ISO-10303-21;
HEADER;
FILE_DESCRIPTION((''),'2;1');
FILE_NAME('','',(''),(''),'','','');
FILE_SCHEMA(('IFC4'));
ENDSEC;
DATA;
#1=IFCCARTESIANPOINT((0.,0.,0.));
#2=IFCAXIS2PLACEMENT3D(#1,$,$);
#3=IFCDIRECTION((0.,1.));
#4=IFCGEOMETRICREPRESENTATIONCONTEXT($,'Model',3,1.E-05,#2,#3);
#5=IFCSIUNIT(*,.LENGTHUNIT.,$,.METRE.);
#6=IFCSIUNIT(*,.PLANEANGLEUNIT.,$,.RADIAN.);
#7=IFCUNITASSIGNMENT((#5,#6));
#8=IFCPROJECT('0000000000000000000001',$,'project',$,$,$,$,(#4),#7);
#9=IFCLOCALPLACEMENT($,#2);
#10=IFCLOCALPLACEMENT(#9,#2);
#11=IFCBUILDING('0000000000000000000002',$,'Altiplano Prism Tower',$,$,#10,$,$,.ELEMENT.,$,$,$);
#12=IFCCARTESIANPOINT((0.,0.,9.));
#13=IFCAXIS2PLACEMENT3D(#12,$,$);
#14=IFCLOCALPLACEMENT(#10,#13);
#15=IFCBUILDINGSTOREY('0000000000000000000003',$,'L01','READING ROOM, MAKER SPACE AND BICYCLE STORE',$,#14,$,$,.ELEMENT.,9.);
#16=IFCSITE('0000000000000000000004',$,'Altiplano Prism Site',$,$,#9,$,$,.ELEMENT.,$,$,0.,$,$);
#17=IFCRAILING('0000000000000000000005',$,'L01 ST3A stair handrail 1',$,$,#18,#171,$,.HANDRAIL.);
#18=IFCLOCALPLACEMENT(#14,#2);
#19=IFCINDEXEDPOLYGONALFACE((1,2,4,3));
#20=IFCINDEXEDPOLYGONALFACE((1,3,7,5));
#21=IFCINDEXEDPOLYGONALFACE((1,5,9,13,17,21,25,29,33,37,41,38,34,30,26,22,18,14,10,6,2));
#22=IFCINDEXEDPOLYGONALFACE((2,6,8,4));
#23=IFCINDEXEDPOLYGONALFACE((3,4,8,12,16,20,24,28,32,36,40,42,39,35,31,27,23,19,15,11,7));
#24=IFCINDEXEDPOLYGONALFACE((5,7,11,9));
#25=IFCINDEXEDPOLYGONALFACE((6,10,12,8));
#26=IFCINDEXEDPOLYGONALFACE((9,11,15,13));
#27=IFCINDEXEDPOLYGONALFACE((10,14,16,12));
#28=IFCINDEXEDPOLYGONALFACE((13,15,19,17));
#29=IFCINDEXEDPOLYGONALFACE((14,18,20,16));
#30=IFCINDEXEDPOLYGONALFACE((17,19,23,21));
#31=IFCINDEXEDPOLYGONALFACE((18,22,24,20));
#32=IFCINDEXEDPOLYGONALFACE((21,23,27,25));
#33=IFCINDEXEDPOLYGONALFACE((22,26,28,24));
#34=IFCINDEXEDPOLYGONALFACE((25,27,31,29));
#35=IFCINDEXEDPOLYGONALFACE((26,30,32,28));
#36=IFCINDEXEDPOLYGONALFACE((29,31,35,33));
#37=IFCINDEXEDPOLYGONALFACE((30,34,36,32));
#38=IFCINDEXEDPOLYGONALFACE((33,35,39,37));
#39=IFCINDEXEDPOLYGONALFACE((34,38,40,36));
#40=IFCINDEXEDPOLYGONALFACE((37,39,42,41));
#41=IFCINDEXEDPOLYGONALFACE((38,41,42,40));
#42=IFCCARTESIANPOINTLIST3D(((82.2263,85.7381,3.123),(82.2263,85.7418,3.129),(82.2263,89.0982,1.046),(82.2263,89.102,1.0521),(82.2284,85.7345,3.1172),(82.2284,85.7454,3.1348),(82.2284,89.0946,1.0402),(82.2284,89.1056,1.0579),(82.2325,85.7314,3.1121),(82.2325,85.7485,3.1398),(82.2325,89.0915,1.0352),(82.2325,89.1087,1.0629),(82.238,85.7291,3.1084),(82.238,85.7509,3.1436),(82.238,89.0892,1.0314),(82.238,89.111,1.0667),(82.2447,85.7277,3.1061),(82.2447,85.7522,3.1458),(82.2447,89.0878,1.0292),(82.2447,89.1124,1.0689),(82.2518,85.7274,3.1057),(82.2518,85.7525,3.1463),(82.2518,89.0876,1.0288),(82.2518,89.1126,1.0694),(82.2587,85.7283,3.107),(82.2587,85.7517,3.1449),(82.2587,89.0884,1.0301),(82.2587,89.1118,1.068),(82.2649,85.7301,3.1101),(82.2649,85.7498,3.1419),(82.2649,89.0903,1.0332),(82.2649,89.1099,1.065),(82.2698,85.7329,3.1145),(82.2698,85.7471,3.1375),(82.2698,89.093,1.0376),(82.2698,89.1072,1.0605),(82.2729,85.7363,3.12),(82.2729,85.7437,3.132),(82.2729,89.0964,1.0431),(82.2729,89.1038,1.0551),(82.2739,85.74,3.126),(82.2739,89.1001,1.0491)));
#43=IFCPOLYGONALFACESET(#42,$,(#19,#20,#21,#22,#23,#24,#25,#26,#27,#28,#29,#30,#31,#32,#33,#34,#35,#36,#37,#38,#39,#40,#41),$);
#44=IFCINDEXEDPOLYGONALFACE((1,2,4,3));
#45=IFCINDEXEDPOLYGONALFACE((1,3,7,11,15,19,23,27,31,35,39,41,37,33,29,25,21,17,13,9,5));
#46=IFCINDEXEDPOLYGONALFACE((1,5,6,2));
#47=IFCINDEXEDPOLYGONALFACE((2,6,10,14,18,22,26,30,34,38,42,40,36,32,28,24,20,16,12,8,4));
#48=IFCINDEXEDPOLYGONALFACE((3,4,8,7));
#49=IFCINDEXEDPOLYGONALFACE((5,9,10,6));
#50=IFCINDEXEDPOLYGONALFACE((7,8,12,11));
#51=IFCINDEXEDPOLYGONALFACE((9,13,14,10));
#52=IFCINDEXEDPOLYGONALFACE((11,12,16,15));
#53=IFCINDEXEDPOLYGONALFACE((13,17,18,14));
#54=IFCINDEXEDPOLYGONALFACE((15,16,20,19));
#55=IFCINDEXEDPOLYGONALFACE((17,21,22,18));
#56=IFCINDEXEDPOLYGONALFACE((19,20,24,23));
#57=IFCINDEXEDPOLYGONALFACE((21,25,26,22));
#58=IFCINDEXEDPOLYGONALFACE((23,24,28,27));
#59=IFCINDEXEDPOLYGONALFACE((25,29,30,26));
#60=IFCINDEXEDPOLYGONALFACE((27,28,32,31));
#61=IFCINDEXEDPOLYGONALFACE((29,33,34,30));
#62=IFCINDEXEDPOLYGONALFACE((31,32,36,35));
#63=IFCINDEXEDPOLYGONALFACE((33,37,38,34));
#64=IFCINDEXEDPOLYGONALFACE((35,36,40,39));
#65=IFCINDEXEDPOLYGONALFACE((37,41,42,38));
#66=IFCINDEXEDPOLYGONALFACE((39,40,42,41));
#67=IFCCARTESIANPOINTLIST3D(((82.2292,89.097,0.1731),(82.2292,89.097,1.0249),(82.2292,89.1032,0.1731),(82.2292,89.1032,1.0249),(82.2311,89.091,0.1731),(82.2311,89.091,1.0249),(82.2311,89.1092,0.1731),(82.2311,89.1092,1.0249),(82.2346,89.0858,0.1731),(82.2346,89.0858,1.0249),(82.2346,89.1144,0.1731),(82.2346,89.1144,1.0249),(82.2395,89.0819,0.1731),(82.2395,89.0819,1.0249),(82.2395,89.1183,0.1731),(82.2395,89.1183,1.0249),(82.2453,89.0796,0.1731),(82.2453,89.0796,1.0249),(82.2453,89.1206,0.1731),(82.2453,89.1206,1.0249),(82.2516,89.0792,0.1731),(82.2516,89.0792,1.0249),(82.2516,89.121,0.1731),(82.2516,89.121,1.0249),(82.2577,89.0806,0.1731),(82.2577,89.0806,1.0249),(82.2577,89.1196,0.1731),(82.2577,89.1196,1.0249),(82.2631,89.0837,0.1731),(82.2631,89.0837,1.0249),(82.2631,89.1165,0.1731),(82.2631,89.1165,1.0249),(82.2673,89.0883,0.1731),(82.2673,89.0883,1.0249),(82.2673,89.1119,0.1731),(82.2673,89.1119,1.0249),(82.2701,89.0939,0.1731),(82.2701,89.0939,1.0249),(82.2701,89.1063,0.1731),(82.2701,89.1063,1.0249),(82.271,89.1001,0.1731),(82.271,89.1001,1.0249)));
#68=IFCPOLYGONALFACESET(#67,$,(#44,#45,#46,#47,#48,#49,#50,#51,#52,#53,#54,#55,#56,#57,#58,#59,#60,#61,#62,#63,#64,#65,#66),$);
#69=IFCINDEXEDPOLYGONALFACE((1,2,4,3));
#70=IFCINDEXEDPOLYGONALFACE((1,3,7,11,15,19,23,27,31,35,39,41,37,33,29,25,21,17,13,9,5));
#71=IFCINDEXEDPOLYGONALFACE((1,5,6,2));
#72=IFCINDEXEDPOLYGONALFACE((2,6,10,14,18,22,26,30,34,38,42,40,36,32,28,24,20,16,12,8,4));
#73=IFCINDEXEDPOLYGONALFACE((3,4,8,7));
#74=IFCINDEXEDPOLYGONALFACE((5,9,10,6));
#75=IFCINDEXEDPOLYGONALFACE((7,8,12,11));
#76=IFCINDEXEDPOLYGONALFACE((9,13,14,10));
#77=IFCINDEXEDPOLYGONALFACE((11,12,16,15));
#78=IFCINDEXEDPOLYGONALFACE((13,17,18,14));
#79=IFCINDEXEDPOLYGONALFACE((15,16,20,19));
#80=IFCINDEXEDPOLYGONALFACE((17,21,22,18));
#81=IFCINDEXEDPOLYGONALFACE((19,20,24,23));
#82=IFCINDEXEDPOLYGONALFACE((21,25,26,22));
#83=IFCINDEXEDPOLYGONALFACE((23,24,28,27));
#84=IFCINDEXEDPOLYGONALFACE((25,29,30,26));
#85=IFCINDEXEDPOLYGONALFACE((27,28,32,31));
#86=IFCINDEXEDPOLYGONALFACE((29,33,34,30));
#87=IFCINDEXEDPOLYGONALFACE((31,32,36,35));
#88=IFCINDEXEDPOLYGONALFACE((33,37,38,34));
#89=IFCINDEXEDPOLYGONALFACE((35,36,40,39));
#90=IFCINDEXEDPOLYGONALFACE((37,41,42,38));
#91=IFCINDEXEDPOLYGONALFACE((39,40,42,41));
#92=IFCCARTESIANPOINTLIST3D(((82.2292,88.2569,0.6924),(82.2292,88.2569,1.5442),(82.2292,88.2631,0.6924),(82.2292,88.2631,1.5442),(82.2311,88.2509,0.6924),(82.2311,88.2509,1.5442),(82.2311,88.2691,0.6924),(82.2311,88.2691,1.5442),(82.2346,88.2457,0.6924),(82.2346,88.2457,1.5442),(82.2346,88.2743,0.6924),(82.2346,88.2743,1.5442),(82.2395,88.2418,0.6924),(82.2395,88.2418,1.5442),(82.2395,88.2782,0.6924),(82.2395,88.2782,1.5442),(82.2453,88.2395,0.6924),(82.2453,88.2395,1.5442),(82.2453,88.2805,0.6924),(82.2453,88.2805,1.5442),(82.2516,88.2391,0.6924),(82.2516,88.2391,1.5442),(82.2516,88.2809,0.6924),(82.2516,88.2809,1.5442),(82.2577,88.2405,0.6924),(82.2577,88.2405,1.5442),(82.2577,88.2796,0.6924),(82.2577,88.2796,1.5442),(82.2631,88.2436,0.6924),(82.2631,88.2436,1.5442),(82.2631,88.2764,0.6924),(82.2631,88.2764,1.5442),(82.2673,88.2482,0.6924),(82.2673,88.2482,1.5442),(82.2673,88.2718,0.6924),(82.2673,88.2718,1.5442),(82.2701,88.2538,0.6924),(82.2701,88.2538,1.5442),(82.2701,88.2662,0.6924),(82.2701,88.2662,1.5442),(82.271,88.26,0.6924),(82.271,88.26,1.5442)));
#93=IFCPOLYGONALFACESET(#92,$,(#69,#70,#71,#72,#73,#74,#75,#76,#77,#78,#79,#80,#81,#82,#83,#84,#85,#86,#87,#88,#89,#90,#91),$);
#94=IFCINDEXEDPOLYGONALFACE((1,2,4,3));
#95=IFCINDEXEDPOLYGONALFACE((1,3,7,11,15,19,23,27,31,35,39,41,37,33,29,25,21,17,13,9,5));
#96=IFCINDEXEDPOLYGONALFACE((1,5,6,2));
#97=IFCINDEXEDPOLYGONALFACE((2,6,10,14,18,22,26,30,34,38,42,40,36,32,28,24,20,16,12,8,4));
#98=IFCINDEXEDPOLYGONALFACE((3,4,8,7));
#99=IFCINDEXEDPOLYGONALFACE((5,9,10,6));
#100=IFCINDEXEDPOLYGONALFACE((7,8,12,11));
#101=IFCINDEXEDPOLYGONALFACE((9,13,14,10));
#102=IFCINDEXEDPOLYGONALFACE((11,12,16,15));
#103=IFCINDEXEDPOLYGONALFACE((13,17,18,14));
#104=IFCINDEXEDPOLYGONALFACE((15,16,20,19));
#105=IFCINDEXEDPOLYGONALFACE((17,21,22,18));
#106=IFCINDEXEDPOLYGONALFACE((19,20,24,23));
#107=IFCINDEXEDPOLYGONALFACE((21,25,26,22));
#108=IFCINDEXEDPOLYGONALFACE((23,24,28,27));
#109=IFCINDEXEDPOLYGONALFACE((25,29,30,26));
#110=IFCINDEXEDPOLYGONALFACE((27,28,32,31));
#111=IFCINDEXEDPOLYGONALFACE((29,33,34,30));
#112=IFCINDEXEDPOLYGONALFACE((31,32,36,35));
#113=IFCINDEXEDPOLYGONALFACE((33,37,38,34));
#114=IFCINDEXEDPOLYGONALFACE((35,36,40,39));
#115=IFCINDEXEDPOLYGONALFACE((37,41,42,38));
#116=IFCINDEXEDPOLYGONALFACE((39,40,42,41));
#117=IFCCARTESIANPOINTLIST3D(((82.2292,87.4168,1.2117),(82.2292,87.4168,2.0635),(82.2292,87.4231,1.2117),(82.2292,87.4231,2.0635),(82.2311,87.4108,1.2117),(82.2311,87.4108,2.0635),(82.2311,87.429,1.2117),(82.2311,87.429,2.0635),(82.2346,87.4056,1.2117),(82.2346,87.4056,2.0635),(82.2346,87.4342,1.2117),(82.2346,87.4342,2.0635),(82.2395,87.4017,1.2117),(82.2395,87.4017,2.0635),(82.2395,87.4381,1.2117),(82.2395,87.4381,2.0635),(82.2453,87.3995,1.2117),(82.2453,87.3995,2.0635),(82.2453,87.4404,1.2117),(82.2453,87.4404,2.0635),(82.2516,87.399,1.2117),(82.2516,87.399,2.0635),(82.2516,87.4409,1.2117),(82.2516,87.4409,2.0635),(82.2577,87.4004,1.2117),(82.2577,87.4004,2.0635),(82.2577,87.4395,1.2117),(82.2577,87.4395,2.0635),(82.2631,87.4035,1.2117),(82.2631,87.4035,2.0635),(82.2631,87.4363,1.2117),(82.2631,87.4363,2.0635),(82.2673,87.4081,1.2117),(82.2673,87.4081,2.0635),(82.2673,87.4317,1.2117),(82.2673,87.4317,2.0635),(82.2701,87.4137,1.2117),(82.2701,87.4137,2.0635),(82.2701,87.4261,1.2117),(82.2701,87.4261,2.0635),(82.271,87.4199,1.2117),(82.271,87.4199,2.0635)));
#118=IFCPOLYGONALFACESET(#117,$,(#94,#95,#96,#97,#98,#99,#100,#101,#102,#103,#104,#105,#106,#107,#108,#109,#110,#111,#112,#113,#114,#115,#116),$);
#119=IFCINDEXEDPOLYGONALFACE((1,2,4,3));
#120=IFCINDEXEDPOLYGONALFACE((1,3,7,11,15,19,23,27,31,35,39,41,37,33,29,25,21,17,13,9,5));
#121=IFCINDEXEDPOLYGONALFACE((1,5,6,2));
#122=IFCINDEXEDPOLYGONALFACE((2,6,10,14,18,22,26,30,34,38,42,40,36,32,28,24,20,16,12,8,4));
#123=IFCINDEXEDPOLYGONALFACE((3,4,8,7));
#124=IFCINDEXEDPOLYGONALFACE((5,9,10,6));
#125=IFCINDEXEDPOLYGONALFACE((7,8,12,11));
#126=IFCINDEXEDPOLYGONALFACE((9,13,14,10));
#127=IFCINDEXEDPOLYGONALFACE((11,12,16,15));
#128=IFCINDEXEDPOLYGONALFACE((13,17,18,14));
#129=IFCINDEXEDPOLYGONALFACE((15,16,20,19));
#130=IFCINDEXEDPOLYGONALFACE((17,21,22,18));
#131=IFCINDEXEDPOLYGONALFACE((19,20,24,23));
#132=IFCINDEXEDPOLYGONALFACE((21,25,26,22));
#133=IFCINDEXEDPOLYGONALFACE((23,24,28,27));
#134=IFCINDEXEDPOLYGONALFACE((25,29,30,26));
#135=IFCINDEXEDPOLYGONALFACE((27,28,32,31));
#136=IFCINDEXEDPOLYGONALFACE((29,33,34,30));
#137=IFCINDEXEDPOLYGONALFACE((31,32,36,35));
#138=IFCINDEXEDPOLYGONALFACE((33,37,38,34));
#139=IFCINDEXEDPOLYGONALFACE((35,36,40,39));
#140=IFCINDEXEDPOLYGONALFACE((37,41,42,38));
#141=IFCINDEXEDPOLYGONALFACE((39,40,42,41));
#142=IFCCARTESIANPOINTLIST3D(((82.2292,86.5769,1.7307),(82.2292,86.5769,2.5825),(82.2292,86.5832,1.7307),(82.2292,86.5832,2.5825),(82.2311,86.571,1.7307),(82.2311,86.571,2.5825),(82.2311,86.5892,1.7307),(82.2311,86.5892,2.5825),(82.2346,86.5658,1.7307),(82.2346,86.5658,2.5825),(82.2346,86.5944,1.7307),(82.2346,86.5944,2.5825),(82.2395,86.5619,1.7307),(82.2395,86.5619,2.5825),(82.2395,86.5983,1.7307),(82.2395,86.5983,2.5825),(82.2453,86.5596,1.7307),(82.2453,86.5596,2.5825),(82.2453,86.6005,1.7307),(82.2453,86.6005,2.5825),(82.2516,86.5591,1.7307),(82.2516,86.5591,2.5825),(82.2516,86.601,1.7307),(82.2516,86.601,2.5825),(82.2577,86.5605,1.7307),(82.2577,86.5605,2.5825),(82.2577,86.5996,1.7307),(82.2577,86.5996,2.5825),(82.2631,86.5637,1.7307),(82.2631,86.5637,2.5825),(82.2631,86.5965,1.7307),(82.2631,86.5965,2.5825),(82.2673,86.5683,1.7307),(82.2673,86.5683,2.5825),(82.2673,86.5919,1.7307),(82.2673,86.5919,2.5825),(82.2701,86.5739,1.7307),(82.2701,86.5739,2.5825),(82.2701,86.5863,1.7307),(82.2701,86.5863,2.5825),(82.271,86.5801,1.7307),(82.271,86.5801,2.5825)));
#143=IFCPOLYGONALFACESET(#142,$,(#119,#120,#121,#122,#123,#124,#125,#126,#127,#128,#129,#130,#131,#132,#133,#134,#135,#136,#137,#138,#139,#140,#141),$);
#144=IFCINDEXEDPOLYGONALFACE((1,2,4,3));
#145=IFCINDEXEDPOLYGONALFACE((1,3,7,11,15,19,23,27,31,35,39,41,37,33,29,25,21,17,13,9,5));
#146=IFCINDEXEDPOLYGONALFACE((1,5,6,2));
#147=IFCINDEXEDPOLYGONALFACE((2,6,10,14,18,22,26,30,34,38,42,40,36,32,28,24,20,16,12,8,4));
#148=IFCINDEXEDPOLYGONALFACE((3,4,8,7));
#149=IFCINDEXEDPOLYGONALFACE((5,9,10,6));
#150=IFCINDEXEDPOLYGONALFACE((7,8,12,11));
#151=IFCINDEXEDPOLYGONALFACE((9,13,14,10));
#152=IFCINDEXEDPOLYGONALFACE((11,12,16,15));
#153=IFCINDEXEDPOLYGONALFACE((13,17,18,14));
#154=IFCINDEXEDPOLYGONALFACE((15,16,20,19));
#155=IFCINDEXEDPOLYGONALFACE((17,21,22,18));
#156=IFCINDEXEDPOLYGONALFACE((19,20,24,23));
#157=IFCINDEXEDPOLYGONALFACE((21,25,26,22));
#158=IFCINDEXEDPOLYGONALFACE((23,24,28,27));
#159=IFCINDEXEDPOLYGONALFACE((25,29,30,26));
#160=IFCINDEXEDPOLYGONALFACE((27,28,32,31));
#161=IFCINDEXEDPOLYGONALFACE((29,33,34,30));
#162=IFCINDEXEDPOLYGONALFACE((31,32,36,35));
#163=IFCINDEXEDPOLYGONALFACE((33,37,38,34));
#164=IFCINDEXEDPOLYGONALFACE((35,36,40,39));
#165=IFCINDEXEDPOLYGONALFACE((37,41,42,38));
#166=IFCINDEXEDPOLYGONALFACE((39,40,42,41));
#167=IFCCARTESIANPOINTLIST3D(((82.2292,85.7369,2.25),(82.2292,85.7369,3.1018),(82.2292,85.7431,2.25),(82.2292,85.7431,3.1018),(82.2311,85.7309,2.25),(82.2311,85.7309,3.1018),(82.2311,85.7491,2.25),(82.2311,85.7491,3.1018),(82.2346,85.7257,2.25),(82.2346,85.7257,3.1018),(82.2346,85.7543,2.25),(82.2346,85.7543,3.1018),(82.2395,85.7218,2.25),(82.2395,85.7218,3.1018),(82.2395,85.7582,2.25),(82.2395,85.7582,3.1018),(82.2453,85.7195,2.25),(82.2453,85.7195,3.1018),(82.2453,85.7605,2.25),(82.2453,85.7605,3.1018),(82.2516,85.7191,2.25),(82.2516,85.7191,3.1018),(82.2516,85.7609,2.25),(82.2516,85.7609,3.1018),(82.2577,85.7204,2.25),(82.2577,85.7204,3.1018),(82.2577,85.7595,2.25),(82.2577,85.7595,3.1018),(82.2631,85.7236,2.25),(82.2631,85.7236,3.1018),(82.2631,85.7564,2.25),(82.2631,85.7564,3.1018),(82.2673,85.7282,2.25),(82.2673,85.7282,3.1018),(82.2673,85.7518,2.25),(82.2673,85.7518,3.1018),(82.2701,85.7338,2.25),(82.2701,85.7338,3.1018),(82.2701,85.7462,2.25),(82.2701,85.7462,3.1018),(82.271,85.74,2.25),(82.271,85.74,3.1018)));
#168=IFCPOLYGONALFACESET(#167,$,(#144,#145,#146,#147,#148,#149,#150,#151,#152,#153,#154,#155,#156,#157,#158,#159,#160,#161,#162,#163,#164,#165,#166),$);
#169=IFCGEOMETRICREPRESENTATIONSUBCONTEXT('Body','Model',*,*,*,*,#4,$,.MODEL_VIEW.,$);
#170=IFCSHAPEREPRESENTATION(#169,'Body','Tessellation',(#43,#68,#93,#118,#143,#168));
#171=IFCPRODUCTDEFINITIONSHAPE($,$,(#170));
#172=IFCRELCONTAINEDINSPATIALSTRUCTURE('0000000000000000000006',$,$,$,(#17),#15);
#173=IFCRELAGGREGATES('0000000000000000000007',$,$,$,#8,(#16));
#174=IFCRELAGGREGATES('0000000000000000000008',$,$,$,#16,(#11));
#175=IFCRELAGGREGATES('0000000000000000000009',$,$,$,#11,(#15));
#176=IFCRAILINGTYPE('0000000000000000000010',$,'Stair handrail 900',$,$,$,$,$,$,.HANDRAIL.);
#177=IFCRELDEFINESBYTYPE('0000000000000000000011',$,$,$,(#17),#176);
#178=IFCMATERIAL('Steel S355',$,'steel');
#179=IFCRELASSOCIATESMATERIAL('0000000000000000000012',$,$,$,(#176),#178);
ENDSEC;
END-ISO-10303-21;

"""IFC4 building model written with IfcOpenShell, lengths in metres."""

from ifc_helpers import new_model, si_unit, direction, frame, origin, origin_2d, place, context, subcontext, project, spatial, circle, extrude, material, type_object, element, save


model = new_model("IFC4")

# Units and contexts
model_context = context("Model", 3, precision=1e-05, world=origin(), true_north=direction((0.0, 1.0)))
body_context = subcontext(model_context, "Body", "Model", "MODEL_VIEW")
ifc_project = project(units=[si_unit("LENGTHUNIT", "METRE"), si_unit("PLANEANGLEUNIT", "RADIAN")], contexts=[model_context])

# Site, building, storey
site_placement = place(None, origin())
site = spatial("IfcSite", under=ifc_project, at=site_placement, Name="Altiplano Prism Site", CompositionType="ELEMENT", RefElevation=0.0)
building_placement = place(site_placement, origin())
building = spatial("IfcBuilding", under=site, at=building_placement, Name="Altiplano Prism Tower", CompositionType="ELEMENT")
storey_placement = place(building_placement, frame((0.0, 0.0, 9.0)))
storey = spatial("IfcBuildingStorey", under=building, at=storey_placement, Name="L01", Description="READING ROOM, MAKER SPACE AND BICYCLE STORE", CompositionType="ELEMENT", Elevation=9.0)

# Railing
ifc_material_1 = material(Name="Steel S355", Category="steel")
railing_type = type_object("IfcRailingType", Name="Stair handrail 900", PredefinedType="HANDRAIL", material=ifc_material_1)
railing_placement = place(storey_placement, frame((82.25, 89.1001, 0.1731)))
element("IfcRailing", 1, at=railing_placement, inside=storey, type_object=railing_type, Name="L01 ST3A stair handrail 1", PredefinedType="HANDRAIL", context=body_context, shape_type="SweptSolid", body=[
    extrude(circle(Radius=0.0239, at=origin_2d()), frame((0.0, 0.0, 0.876), z_axis=(0.0, -0.850623, 0.525776), x_axis=(1.0, 0.0, 0.0)), (0.0, 0.0, 1.0), 3.9502),
    extrude(circle(Radius=0.021, at=origin_2d()), origin(), (0.0, 0.0, 1.0), 0.8518),
    extrude(circle(Radius=0.021, at=origin_2d()), frame((0.0, -0.8401, 0.5193)), (0.0, 0.0, 1.0), 0.8518),
    extrude(circle(Radius=0.021, at=origin_2d()), frame((0.0, -1.6802, 1.0386)), (0.0, 0.0, 1.0), 0.8518),
    extrude(circle(Radius=0.021, at=origin_2d()), frame((0.0, -2.52, 1.5576)), (0.0, 0.0, 1.0), 0.8518),
    extrude(circle(Radius=0.021, at=origin_2d()), frame((0.0, -3.3601, 2.0769)), (0.0, 0.0, 1.0), 0.8518),
])

save(model, "model.ifc")
